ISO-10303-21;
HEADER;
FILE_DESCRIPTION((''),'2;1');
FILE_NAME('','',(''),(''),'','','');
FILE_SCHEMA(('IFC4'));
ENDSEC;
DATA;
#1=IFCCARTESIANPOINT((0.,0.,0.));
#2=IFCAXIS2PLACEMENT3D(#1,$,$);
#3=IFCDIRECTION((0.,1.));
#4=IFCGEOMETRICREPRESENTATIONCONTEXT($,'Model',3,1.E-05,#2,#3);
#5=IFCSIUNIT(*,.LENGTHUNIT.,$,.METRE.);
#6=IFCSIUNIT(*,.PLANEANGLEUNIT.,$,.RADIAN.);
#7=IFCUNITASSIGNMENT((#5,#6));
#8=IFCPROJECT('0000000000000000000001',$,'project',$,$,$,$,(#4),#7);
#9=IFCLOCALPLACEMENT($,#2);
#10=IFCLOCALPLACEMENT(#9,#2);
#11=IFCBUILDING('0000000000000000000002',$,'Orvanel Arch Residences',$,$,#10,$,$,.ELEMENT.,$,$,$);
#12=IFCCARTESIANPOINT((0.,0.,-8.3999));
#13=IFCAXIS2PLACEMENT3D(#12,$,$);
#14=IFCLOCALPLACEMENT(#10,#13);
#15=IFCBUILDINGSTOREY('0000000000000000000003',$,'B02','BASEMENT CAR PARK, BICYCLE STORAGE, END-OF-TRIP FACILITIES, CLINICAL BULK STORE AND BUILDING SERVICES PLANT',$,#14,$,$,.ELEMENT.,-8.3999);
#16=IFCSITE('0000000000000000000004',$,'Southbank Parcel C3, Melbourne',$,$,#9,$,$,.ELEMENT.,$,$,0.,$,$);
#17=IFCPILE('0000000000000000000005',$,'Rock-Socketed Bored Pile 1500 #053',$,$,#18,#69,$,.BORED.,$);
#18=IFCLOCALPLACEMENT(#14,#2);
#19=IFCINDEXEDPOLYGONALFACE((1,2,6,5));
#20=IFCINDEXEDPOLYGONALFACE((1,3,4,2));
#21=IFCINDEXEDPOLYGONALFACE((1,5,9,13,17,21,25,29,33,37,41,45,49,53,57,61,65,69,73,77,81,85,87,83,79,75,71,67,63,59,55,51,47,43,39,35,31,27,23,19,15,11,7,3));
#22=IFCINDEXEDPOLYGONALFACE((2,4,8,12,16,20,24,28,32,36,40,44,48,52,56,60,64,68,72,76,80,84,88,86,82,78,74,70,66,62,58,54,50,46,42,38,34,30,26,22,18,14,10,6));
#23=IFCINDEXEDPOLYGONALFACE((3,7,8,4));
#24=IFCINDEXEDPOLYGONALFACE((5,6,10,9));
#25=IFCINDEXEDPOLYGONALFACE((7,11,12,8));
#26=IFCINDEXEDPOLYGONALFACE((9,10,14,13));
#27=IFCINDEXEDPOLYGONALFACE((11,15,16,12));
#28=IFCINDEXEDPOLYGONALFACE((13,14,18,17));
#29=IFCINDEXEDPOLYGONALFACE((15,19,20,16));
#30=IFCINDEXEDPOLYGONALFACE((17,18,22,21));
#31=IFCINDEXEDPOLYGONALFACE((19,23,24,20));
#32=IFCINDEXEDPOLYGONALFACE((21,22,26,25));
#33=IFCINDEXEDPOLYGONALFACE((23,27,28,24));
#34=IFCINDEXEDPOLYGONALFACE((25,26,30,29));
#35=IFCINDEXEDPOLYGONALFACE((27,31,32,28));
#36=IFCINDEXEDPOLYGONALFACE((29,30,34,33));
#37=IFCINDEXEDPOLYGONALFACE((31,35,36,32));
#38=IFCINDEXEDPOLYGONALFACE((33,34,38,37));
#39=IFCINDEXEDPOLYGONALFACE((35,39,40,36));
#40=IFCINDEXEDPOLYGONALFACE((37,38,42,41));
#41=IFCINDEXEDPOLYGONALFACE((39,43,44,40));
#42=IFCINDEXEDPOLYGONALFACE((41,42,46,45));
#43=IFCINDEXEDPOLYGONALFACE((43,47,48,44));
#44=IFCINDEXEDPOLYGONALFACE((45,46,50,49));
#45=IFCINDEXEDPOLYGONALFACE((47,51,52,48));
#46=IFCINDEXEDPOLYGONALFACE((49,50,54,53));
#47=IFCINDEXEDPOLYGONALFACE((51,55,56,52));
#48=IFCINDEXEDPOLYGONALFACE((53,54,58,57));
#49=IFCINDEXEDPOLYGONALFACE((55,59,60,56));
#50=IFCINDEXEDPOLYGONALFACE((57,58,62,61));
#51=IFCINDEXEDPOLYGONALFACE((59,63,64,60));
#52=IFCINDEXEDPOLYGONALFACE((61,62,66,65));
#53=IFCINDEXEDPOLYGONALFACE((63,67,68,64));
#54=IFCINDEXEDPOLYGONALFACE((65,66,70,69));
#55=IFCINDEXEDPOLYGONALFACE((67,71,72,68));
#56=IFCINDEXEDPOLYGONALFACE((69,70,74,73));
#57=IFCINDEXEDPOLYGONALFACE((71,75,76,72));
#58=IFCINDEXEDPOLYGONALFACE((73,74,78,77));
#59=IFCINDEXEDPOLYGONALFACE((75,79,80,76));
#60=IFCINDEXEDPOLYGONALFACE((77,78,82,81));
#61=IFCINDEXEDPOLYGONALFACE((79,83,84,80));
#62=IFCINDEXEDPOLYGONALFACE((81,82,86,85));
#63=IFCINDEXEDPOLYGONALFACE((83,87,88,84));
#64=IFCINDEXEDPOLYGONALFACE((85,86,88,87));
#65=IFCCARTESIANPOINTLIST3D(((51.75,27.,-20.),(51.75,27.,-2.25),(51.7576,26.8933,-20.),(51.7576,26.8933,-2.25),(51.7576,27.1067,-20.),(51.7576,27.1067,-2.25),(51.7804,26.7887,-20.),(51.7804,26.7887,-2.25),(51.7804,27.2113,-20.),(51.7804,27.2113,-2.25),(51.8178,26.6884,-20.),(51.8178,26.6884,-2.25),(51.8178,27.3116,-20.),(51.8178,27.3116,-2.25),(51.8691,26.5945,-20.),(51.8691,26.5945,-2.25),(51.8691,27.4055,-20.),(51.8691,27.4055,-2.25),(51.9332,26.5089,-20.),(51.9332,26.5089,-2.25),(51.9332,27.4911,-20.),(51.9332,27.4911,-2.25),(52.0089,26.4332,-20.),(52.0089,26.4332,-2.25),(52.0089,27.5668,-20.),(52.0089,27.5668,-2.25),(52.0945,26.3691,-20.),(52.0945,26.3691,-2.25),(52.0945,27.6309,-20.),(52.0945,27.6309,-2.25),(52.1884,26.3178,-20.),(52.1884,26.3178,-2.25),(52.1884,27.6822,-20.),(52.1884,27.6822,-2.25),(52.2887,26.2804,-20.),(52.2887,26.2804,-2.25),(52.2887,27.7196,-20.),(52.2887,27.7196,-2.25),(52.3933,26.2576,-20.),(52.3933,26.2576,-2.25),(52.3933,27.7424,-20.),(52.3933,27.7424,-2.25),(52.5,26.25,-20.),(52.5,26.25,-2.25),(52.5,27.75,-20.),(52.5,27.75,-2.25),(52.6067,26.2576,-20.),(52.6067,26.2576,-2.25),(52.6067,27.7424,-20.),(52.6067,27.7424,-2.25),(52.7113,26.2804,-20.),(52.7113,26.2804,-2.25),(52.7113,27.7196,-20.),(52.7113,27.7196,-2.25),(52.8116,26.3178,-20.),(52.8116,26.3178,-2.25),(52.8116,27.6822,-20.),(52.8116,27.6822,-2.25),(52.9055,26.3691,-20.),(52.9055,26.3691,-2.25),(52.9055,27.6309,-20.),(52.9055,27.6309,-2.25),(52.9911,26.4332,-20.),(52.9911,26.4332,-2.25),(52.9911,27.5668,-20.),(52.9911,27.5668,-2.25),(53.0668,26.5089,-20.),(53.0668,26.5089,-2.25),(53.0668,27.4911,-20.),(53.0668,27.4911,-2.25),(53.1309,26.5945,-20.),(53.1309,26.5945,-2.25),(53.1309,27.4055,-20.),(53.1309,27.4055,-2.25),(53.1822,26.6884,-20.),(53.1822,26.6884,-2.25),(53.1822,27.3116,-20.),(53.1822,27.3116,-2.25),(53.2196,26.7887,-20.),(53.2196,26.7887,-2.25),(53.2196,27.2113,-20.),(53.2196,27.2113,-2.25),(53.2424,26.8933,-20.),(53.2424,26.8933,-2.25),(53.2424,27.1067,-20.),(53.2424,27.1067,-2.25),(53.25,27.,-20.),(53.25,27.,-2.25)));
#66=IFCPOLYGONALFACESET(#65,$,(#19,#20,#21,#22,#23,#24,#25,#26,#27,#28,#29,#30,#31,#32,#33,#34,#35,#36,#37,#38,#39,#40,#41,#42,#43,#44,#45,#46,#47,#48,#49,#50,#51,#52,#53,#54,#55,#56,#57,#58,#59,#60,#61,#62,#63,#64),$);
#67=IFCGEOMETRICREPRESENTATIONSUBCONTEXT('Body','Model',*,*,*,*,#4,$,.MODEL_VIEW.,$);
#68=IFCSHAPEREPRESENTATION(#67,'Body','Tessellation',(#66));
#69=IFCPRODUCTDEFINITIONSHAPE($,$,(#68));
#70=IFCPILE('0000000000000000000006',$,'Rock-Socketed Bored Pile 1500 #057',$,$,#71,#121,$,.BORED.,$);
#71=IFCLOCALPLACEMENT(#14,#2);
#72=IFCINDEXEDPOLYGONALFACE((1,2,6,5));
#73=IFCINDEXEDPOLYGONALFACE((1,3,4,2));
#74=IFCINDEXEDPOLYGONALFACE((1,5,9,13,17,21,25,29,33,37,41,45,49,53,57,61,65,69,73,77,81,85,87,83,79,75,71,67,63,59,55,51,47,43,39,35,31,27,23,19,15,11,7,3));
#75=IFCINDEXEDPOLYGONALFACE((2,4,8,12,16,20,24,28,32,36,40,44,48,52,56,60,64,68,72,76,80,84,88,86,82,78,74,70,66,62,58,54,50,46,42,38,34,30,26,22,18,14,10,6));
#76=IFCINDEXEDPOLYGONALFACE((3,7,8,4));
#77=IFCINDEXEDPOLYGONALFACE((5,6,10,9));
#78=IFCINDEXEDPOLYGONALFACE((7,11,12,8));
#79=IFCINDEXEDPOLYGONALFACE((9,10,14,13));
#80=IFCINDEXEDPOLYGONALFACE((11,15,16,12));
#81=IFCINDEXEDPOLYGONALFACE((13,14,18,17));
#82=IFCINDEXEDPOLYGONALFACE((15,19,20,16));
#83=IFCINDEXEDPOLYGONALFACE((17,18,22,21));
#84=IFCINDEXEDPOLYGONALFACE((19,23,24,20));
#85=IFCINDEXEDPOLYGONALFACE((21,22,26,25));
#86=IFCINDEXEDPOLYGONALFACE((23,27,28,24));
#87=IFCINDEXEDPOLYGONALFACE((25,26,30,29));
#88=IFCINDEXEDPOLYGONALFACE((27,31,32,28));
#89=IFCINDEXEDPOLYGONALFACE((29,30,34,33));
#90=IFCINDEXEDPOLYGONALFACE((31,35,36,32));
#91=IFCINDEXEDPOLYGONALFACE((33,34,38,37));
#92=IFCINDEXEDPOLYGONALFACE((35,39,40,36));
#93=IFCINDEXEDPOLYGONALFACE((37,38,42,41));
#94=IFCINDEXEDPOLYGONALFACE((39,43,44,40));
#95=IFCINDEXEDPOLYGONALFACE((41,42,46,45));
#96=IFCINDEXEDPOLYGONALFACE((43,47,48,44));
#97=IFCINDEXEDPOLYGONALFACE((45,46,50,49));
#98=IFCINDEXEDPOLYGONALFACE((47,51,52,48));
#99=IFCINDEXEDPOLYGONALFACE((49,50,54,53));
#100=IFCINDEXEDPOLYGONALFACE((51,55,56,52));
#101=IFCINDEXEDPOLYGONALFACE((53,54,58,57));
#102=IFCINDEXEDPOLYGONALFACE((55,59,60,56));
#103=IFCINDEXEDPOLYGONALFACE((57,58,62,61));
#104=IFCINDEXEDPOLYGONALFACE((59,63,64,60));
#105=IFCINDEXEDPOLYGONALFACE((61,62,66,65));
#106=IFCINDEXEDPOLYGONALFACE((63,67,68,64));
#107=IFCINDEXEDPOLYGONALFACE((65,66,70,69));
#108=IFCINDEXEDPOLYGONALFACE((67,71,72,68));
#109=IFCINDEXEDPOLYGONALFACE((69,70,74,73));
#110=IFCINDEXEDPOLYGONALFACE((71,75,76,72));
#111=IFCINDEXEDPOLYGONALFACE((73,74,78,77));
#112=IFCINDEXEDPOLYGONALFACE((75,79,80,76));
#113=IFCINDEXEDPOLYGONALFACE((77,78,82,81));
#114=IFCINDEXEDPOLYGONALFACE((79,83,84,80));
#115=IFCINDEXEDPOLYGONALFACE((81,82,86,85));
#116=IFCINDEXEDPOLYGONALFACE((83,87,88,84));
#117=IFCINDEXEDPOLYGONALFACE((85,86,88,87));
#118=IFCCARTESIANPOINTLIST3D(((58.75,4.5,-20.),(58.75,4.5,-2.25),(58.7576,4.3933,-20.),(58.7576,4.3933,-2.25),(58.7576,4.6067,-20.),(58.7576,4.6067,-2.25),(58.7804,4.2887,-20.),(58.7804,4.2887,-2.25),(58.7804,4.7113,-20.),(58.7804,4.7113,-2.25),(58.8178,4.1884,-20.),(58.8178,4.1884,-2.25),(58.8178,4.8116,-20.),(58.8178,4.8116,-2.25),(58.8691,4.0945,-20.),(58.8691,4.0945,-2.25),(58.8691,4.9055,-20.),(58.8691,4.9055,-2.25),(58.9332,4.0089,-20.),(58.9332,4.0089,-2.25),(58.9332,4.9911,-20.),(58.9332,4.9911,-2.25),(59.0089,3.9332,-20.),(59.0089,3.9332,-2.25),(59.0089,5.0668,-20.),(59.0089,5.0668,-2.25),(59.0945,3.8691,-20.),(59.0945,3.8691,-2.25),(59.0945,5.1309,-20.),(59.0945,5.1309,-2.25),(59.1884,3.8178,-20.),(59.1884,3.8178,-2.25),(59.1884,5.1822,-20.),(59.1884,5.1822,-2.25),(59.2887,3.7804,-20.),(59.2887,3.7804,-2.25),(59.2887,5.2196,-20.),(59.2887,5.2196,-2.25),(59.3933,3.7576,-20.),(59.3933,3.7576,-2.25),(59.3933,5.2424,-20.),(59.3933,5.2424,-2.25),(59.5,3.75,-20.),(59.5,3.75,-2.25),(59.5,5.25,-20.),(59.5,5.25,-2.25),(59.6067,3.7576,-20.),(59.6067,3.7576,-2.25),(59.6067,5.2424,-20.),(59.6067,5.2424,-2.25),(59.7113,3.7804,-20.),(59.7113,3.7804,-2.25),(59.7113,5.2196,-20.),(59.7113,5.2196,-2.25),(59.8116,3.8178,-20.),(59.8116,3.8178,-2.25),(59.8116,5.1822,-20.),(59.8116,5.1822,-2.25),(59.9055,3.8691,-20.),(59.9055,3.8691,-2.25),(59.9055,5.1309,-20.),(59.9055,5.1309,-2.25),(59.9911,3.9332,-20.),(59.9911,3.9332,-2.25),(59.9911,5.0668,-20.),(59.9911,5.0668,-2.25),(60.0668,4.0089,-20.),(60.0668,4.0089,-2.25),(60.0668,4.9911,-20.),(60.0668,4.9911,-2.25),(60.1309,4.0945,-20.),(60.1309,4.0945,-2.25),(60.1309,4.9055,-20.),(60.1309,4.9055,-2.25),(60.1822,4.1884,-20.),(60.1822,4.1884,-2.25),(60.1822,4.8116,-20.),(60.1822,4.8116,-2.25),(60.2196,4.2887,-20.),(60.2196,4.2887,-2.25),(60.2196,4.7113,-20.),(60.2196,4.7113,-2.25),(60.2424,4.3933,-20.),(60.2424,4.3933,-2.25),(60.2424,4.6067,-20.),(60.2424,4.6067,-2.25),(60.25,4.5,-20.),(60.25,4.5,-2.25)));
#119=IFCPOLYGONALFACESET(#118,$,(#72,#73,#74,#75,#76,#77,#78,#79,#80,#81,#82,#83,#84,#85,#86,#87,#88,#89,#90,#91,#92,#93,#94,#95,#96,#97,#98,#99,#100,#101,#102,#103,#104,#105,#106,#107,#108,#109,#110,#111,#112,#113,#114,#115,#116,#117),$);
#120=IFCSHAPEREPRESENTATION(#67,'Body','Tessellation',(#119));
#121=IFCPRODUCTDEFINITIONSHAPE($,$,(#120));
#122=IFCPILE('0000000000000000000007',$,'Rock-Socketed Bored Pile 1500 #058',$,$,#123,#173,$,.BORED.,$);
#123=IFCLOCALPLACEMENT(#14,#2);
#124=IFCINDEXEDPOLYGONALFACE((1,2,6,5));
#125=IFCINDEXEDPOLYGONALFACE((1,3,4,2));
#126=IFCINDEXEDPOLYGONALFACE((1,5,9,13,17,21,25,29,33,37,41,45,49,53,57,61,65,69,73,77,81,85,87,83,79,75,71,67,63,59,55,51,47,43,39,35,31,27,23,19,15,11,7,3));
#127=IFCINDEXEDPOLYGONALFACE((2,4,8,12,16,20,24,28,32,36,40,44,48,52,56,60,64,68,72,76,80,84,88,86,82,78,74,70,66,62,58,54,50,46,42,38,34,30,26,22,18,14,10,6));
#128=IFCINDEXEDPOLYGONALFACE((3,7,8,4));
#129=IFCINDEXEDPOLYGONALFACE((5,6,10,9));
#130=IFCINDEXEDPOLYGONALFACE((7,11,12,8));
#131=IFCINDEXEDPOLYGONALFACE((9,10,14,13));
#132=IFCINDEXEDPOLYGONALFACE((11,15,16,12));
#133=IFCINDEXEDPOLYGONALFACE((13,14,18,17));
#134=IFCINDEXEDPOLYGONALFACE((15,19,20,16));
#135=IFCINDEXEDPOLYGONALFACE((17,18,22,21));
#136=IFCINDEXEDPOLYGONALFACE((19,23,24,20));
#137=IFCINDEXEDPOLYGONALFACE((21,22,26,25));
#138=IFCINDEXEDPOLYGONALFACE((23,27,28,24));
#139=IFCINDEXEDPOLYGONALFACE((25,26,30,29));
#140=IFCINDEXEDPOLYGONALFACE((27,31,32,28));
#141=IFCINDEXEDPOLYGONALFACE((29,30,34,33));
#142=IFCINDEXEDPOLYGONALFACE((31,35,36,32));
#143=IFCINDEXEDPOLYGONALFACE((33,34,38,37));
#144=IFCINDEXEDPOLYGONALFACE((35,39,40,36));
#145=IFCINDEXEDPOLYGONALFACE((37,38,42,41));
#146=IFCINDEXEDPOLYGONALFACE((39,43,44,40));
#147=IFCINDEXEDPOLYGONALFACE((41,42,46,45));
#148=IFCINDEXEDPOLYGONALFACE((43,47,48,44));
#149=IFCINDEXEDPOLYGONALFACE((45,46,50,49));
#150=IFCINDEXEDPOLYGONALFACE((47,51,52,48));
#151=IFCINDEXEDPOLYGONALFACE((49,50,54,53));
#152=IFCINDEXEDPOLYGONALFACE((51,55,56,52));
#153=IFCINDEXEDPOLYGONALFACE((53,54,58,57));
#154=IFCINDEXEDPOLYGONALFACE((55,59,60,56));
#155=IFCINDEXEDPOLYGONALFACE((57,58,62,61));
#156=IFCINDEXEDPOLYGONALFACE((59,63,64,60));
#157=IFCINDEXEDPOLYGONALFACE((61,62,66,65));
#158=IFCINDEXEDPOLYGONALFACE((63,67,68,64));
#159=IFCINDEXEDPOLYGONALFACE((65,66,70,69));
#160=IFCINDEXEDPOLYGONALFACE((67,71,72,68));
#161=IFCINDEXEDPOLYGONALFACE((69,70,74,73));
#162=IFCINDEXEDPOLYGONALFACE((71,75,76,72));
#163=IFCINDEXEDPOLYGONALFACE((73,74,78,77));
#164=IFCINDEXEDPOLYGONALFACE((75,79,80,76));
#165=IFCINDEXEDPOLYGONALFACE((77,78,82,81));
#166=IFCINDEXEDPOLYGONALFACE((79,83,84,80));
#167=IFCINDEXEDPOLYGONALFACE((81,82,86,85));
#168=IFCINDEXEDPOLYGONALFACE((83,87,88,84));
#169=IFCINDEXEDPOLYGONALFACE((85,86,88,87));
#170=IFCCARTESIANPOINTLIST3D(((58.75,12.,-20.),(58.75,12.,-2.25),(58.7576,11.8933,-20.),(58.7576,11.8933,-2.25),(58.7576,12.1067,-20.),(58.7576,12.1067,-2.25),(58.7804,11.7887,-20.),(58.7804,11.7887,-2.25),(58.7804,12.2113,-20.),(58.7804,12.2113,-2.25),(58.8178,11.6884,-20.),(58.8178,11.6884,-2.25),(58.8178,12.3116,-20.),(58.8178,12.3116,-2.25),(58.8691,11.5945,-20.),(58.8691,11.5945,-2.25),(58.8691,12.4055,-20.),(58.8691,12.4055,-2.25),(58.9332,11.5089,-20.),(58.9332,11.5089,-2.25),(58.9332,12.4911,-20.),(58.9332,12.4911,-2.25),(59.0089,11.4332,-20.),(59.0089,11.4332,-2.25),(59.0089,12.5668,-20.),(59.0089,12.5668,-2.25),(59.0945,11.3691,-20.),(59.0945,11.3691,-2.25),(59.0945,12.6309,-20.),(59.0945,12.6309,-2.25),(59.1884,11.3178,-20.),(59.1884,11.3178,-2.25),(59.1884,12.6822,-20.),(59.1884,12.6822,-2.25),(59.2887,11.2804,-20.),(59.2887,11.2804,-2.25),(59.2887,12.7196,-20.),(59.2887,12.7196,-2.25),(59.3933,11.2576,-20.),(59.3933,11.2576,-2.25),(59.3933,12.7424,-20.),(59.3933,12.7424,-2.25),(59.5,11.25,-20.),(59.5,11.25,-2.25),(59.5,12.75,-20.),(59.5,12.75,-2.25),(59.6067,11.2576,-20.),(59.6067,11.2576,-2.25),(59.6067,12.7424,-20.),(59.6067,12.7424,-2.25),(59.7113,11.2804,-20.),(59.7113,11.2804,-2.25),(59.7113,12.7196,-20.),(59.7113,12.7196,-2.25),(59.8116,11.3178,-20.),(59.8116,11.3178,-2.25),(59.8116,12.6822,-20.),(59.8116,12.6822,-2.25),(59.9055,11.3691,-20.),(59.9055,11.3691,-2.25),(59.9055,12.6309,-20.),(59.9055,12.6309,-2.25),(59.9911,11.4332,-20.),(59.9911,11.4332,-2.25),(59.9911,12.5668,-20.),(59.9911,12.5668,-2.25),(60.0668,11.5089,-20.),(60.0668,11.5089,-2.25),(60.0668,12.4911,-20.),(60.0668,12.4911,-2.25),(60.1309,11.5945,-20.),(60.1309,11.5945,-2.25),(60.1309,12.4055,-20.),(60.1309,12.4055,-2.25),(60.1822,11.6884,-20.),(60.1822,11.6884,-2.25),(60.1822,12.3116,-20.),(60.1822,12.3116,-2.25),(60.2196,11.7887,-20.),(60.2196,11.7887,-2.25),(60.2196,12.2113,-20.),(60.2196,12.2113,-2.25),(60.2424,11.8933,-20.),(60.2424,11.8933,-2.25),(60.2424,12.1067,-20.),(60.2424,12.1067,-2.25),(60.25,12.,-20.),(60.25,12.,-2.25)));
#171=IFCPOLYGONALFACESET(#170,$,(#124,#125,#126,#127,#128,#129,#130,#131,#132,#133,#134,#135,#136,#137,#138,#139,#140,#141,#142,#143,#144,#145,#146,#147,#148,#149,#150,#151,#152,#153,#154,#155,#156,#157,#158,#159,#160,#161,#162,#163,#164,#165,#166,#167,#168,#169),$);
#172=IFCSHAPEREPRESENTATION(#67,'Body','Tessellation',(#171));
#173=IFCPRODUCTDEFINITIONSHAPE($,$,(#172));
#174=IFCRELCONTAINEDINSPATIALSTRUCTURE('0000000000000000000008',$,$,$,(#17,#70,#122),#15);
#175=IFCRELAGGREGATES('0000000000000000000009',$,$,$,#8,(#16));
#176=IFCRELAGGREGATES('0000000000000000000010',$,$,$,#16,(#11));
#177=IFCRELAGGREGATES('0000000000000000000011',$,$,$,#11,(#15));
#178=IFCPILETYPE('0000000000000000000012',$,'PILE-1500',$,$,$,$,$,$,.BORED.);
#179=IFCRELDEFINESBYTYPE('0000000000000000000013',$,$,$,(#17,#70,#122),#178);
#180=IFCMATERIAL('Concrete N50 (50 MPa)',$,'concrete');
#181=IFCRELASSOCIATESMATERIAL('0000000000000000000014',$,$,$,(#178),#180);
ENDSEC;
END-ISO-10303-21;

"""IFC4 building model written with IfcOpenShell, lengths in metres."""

from ifc_helpers import new_model, si_unit, direction, frame, origin, origin_2d, place, context, subcontext, project, spatial, circle, extrude, material, material_profile, profile_set, type_object, element, save


model = new_model("IFC4")

# Units and contexts
model_context = context("Model", 3, precision=1e-05, world=origin(), true_north=direction((0.0, 1.0)))
body_context = subcontext(model_context, "Body", "Model", "MODEL_VIEW")
ifc_project = project(units=[si_unit("LENGTHUNIT", "METRE"), si_unit("PLANEANGLEUNIT", "RADIAN")], contexts=[model_context])

# Site, building, storey
site_placement = place(None, origin())
site = spatial("IfcSite", under=ifc_project, at=site_placement, Name="Southbank Parcel C3, Melbourne", CompositionType="ELEMENT", RefElevation=0.0)
building_placement = place(site_placement, origin())
building = spatial("IfcBuilding", under=site, at=building_placement, Name="Orvanel Arch Residences", CompositionType="ELEMENT")
storey_placement = place(building_placement, frame((0.0, 0.0, -8.3999)))
storey = spatial("IfcBuildingStorey", under=building, at=storey_placement, Name="B02", Description="BASEMENT CAR PARK, BICYCLE STORAGE, END-OF-TRIP FACILITIES, CLINICAL BULK STORE AND BUILDING SERVICES PLANT", CompositionType="ELEMENT", Elevation=-8.3999)

# Piles
ifc_material_1 = material(Name="Concrete N50 (50 MPa)", Category="concrete")
ifc_material_profile_1 = material_profile(ifc_material_1, circle(Radius=0.75, at=origin_2d()), Name="PILE1500")
ifc_profile_set_1 = profile_set([ifc_material_profile_1], Name="Concrete N50 (50 MPa)")
pile_type = type_object("IfcPileType", Name="PILE-1500", PredefinedType="BORED", material=ifc_profile_set_1)
for number, where, z_axis, x_axis, name in (
    (1, (52.5, 27.0, -2.25), (0.0, 0.0, -1.0), (1.0, 0.0, 0.0), "Rock-Socketed Bored Pile 1500 #053"),
    (2, (59.5, 4.5, -2.25), (0.0, 0.0, -1.0), (1.0, 0.0, 0.0), "Rock-Socketed Bored Pile 1500 #057"),
    (3, (59.5, 12.0, -2.25), (0.0, 0.0, -1.0), (1.0, 0.0, 0.0), "Rock-Socketed Bored Pile 1500 #058"),
):
    element("IfcPile", number, at=place(storey_placement, frame(where, z_axis=z_axis, x_axis=x_axis)), inside=storey, type_object=pile_type, Name=name, PredefinedType="BORED", context=body_context, shape_type="SweptSolid", body=[
        extrude(circle(Radius=0.75, at=origin_2d()), origin(), (0.0, 0.0, 1.0), 17.75),
    ])

save(model, "model.ifc")
